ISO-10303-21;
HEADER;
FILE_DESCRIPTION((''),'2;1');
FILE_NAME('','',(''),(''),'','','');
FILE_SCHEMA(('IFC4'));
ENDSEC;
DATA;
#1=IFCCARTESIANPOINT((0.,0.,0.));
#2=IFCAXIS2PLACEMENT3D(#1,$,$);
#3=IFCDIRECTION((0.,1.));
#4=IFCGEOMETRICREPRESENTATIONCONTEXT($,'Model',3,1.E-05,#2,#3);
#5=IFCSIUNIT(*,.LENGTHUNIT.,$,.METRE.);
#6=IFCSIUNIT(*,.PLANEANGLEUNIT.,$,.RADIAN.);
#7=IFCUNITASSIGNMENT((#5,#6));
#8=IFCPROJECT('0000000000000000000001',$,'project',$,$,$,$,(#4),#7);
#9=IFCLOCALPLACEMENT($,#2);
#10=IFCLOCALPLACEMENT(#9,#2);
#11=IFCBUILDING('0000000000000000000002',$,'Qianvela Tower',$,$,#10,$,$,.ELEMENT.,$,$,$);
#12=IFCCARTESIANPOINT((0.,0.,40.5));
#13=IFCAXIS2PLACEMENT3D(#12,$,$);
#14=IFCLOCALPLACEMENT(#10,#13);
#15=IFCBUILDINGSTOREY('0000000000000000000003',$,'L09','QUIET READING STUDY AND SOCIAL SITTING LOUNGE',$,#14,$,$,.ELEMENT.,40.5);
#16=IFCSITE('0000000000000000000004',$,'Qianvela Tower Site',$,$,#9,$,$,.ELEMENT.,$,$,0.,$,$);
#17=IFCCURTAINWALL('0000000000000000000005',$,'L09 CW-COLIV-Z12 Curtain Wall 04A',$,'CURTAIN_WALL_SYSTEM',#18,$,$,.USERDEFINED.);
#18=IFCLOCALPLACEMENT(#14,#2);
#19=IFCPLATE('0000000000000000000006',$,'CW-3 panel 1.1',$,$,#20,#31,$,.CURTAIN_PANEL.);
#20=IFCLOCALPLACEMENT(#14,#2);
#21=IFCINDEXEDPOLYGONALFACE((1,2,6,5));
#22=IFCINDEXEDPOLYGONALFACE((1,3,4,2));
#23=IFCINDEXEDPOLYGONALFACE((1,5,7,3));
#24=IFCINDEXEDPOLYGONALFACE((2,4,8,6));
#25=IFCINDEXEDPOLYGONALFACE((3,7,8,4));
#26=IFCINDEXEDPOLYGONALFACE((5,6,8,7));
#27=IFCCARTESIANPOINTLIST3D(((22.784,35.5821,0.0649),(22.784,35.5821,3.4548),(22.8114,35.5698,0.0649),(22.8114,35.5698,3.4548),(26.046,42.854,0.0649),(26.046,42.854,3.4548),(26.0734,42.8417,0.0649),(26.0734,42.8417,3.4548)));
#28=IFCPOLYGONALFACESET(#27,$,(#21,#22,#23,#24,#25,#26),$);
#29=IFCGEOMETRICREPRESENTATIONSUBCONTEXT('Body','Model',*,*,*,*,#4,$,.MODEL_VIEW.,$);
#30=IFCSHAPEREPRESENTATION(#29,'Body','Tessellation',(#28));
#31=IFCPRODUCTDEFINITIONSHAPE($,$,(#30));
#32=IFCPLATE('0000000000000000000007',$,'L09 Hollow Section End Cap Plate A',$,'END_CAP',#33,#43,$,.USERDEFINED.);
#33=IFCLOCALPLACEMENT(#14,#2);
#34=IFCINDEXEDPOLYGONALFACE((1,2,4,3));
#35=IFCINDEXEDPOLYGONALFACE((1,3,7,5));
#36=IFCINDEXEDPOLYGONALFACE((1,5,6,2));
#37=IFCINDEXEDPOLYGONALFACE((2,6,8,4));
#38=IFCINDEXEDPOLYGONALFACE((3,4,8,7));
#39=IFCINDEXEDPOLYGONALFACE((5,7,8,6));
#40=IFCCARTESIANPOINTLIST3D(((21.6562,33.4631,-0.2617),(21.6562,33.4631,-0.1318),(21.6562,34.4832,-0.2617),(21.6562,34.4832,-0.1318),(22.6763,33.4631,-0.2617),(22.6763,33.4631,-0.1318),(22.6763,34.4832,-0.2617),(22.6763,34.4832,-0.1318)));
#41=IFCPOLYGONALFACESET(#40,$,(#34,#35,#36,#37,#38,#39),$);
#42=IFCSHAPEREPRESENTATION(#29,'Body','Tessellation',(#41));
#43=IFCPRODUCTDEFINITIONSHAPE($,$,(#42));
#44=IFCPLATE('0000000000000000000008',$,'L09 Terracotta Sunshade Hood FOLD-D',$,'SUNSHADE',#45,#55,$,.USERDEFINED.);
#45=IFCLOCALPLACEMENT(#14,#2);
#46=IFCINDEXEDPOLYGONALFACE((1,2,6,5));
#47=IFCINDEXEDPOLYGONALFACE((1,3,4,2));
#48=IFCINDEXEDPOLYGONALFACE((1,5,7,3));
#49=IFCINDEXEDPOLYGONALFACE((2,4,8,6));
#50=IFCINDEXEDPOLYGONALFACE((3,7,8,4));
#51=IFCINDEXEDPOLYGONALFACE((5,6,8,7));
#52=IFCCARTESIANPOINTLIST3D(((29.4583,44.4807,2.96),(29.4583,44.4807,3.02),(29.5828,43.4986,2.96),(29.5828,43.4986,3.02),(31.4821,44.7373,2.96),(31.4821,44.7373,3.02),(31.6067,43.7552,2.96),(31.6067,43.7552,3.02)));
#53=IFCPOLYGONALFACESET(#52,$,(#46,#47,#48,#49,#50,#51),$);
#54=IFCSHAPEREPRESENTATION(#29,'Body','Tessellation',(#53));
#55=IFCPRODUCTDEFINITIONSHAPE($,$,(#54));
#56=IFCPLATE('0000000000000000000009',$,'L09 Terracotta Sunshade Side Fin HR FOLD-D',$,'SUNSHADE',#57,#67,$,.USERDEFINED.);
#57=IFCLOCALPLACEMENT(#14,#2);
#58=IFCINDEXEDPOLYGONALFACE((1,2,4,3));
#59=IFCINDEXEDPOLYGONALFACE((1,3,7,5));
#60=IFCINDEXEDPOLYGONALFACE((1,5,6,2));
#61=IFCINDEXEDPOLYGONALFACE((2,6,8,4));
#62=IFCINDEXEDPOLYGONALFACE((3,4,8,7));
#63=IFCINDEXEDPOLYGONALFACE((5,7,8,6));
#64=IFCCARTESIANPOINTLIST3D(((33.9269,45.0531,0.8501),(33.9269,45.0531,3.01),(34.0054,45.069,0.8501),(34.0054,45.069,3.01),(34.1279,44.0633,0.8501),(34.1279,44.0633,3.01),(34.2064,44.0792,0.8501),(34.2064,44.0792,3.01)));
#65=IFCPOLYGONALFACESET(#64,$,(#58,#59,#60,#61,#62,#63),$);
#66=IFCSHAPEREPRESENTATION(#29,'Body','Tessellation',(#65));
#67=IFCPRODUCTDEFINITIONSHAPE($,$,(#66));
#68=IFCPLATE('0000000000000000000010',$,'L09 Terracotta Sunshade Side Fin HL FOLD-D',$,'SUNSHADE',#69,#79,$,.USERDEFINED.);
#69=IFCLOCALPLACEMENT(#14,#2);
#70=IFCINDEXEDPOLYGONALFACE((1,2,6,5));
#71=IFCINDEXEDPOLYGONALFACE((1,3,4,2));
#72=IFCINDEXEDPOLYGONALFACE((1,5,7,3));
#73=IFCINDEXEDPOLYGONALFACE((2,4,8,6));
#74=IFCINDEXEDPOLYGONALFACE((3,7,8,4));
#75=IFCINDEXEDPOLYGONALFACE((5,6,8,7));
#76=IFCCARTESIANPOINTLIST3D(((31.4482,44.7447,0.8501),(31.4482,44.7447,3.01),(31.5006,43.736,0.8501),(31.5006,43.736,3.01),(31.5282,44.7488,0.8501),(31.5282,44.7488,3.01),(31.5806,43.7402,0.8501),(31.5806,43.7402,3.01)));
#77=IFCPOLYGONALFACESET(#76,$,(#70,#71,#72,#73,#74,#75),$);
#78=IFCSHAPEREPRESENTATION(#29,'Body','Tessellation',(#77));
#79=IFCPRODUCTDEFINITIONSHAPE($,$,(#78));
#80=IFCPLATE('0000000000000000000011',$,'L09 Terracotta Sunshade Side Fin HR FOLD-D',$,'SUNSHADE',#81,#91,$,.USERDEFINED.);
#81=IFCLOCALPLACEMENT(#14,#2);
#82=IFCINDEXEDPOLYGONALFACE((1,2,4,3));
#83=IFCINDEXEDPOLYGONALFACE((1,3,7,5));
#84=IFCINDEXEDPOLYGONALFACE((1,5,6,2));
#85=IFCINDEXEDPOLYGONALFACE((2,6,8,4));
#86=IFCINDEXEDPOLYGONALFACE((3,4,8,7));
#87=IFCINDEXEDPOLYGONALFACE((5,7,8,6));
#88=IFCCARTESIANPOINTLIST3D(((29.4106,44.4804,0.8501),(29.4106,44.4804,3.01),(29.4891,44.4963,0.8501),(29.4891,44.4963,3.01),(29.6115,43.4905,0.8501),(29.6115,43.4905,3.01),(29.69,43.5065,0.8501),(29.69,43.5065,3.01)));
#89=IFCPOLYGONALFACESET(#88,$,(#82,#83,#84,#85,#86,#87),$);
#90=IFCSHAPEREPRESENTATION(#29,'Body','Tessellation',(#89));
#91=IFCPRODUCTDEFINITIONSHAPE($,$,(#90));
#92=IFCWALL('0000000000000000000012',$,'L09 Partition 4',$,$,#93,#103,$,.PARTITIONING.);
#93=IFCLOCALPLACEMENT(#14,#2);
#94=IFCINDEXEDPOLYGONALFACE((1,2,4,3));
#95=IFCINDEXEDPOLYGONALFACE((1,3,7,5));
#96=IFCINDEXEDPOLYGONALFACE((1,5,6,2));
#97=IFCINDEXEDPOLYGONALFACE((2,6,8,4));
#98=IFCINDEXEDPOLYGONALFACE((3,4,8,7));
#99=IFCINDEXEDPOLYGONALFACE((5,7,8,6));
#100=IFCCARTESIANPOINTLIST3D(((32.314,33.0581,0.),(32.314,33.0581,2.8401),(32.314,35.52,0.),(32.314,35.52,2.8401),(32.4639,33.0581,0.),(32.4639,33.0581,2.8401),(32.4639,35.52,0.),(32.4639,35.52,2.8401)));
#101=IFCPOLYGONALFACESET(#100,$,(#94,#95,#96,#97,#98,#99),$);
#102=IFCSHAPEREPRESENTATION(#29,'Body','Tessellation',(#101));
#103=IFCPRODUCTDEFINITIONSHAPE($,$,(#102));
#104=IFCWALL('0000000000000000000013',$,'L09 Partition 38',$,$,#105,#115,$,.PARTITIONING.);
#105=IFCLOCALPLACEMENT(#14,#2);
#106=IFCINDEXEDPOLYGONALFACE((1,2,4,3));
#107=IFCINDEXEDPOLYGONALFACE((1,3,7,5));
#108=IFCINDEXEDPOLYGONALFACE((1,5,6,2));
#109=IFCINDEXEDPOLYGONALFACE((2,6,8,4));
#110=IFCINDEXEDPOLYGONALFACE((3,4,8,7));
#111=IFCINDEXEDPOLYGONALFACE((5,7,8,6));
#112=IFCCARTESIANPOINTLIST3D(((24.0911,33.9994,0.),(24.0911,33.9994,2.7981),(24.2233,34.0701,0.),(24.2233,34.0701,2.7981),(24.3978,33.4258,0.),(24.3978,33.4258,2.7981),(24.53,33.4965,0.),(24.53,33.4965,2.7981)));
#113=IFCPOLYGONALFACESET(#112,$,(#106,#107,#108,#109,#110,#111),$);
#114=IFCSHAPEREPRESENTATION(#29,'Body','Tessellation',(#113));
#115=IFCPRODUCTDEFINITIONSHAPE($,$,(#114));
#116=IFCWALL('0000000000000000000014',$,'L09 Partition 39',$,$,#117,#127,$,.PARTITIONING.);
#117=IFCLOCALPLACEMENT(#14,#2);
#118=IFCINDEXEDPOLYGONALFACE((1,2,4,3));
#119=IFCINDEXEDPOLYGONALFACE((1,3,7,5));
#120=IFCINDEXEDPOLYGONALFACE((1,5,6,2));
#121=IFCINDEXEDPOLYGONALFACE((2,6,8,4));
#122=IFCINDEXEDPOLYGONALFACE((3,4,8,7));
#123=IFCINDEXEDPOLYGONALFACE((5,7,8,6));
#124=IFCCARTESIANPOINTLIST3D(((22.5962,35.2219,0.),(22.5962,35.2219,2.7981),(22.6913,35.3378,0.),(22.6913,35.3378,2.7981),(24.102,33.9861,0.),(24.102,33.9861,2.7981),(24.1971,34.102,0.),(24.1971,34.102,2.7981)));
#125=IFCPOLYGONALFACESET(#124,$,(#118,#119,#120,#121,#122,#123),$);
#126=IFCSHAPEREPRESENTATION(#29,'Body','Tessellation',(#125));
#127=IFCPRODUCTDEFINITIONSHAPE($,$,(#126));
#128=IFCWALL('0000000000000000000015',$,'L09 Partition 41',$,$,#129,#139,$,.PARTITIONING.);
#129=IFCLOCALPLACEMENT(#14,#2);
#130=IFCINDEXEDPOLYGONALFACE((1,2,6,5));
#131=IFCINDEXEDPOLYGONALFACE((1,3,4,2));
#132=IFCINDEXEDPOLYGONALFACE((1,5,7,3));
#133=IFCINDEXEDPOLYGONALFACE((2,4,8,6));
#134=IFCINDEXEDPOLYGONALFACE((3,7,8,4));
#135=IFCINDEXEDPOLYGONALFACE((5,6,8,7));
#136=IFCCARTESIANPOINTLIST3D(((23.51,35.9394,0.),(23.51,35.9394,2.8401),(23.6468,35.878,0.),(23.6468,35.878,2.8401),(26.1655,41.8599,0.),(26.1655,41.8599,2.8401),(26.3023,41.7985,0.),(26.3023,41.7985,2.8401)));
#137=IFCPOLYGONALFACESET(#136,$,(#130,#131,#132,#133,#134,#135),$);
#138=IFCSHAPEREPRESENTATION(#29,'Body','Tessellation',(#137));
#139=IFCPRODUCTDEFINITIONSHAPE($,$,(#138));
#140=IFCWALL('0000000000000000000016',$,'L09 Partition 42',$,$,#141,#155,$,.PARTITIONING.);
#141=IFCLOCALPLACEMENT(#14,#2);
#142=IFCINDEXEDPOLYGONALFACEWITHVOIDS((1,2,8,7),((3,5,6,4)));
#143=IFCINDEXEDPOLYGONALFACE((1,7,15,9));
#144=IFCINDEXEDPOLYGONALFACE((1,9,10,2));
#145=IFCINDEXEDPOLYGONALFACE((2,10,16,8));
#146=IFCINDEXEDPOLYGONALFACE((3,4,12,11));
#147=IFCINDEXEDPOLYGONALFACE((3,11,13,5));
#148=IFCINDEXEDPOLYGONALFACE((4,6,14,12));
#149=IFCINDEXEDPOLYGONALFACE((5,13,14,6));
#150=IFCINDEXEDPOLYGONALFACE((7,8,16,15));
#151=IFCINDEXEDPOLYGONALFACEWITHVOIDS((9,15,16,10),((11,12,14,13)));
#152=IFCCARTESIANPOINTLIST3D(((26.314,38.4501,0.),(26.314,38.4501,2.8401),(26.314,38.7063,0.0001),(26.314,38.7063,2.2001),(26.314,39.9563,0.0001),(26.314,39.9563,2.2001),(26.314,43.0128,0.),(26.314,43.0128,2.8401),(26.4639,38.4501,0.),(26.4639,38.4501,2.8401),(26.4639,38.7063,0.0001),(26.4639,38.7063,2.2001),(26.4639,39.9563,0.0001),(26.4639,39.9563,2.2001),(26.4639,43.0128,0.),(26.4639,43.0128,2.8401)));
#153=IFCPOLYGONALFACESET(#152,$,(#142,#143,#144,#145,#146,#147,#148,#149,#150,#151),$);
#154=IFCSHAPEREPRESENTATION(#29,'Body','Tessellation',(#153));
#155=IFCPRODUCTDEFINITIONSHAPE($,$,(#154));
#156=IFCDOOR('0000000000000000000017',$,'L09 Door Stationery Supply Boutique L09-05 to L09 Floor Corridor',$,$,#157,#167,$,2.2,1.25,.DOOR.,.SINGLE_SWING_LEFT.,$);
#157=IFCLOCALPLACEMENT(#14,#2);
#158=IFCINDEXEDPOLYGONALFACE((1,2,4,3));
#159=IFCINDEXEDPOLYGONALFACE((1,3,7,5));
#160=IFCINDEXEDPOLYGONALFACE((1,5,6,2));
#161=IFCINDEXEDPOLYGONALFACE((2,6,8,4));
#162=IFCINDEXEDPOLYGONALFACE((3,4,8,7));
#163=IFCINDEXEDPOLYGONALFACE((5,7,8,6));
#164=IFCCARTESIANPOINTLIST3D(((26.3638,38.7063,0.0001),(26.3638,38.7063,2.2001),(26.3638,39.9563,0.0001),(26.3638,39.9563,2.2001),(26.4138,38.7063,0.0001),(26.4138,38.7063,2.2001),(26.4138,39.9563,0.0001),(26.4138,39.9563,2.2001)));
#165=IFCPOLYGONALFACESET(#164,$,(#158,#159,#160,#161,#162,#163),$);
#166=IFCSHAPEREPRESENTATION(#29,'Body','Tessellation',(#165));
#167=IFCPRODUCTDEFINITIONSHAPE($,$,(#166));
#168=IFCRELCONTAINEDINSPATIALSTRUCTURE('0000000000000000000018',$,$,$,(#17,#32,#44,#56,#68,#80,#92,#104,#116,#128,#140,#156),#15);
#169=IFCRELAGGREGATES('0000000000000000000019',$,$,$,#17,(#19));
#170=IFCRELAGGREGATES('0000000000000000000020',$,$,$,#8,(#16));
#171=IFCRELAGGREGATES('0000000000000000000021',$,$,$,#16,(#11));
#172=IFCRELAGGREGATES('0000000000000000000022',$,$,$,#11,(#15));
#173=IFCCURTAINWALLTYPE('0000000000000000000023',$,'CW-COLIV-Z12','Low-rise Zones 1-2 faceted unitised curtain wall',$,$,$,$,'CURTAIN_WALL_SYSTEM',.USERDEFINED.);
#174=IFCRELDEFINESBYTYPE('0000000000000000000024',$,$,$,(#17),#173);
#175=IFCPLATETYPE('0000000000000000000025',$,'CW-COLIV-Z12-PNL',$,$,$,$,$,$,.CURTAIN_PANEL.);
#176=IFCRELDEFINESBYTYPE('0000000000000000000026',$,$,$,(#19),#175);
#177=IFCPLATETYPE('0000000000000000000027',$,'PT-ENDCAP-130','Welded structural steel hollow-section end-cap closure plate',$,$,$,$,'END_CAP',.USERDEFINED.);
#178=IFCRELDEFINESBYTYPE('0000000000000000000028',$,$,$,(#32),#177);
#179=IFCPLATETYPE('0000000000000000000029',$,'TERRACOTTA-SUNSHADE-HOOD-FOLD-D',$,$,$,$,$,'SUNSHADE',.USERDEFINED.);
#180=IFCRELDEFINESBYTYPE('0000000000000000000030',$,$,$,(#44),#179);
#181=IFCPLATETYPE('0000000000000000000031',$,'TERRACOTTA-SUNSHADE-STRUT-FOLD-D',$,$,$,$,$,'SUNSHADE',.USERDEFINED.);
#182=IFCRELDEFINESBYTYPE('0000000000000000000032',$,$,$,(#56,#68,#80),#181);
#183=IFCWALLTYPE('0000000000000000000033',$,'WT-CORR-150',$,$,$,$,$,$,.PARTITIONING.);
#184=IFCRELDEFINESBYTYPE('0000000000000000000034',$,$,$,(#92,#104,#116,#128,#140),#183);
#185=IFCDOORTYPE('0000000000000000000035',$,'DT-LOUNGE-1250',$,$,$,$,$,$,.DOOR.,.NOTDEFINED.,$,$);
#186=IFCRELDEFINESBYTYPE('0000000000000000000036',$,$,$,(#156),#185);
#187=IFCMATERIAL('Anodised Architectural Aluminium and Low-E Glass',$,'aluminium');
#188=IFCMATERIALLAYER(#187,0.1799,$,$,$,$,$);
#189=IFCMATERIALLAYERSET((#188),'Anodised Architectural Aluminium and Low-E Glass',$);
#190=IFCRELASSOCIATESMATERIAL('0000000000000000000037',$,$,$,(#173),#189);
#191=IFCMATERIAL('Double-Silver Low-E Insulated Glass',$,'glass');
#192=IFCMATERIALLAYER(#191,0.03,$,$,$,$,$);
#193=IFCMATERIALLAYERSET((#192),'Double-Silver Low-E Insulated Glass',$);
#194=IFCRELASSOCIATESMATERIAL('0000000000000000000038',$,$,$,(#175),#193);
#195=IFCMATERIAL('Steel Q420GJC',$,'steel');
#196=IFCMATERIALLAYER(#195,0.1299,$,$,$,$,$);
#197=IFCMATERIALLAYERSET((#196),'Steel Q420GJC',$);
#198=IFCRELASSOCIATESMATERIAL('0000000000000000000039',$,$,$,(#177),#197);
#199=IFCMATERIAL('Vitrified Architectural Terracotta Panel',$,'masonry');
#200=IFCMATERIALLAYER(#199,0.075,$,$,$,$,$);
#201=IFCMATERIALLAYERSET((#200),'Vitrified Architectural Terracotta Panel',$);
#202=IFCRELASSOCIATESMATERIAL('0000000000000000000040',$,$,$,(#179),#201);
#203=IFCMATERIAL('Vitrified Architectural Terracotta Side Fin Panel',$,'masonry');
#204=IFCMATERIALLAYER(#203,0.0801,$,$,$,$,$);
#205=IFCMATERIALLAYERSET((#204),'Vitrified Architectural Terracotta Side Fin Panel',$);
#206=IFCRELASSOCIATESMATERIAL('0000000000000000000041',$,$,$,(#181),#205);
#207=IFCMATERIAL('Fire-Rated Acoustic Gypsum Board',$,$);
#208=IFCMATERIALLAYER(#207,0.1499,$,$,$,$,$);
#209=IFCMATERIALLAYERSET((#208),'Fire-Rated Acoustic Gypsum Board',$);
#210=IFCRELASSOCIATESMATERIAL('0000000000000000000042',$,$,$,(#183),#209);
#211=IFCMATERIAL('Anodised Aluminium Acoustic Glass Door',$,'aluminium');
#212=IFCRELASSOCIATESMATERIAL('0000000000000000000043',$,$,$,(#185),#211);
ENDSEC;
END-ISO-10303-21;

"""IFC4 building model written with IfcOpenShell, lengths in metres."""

from ifc_helpers import new_model, si_unit, direction, frame, frame_2d, origin, origin_2d, place, context, subcontext, project, spatial, rectangle, extrude, material, layer, layer_set, type_object, element, fill, aggregate, save


model = new_model("IFC4")

# Units and contexts
model_context = context("Model", 3, precision=1e-05, world=origin(), true_north=direction((0.0, 1.0)))
body_context = subcontext(model_context, "Body", "Model", "MODEL_VIEW")
ifc_project = project(units=[si_unit("LENGTHUNIT", "METRE"), si_unit("PLANEANGLEUNIT", "RADIAN")], contexts=[model_context])

# Site, building, storey
site_placement = place(None, origin())
site = spatial("IfcSite", under=ifc_project, at=site_placement, Name="Qianvela Tower Site", CompositionType="ELEMENT", RefElevation=0.0)
building_placement = place(site_placement, origin())
building = spatial("IfcBuilding", under=site, at=building_placement, Name="Qianvela Tower", CompositionType="ELEMENT")
storey_placement = place(building_placement, frame((0.0, 0.0, 40.5)))
storey = spatial("IfcBuildingStorey", under=building, at=storey_placement, Name="L09", Description="QUIET READING STUDY AND SOCIAL SITTING LOUNGE", CompositionType="ELEMENT", Elevation=40.5)

# Curtain wall
ifc_material_1 = material(Name="Anodised Architectural Aluminium and Low-E Glass", Category="aluminium")
ifc_layer_1 = layer(ifc_material_1, 0.1799)
ifc_layer_set_1 = layer_set([ifc_layer_1], Name="Anodised Architectural Aluminium and Low-E Glass")
curtain_wall_type_1 = type_object("IfcCurtainWallType", Name="CW-COLIV-Z12", Description="Low-rise Zones 1-2 faceted unitised curtain wall", ElementType="CURTAIN_WALL_SYSTEM", PredefinedType="USERDEFINED", material=ifc_layer_set_1)
curtain_wall_1_placement = place(storey_placement, origin())
curtain_wall_1 = element("IfcCurtainWall", 1, at=curtain_wall_1_placement, inside=storey, type_object=curtain_wall_type_1, Name="L09 CW-COLIV-Z12 Curtain Wall 04A", ObjectType="CURTAIN_WALL_SYSTEM", PredefinedType="USERDEFINED")

# Plate
ifc_material_2 = material(Name="Double-Silver Low-E Insulated Glass", Category="glass")
ifc_layer_2 = layer(ifc_material_2, 0.03)
ifc_layer_set_2 = layer_set([ifc_layer_2], Name="Double-Silver Low-E Insulated Glass")
plate_type_1 = type_object("IfcPlateType", Name="CW-COLIV-Z12-PNL", PredefinedType="CURTAIN_PANEL", material=ifc_layer_set_2)
plate_1_placement = place(storey_placement, frame((24.4287, 39.2119, 0.0649), z_axis=(0.0, 0.0, 1.0), x_axis=(-0.409286, -0.912406, 0.0)))
plate_1 = element("IfcPlate", 2, at=plate_1_placement, type_object=plate_type_1, Name="CW-3 panel 1.1", PredefinedType="CURTAIN_PANEL", context=body_context, shape_type="SweptSolid", body=[
    extrude(rectangle(XDim=7.97, YDim=0.03, at=origin_2d()), origin(), (0.0, 0.0, 1.0), 3.3899),
])
aggregate(curtain_wall_1, [plate_1])

# Plates
ifc_material_3 = material(Name="Steel Q420GJC", Category="steel")
ifc_layer_3 = layer(ifc_material_3, 0.1299)
ifc_layer_set_3 = layer_set([ifc_layer_3], Name="Steel Q420GJC")
plate_type_2 = type_object("IfcPlateType", Name="PT-ENDCAP-130", Description="Welded structural steel hollow-section end-cap closure plate", ElementType="END_CAP", PredefinedType="USERDEFINED", material=ifc_layer_set_3)
plate_2_placement = place(storey_placement, frame((22.1663, 33.9731, -0.2617), z_axis=(0.0, 0.0, 1.0), x_axis=(1.0, 0.0, 0.0)))
element("IfcPlate", 3, at=plate_2_placement, inside=storey, type_object=plate_type_2, Name="L09 Hollow Section End Cap Plate A", ObjectType="END_CAP", PredefinedType="USERDEFINED", context=body_context, shape_type="SweptSolid", body=[
    extrude(rectangle(XDim=1.02, YDim=1.02, at=origin_2d()), origin(), (0.0, 0.0, 1.0), 0.1299),
])
ifc_material_4 = material(Name="Vitrified Architectural Terracotta Panel", Category="masonry")
ifc_layer_4 = layer(ifc_material_4, 0.075)
ifc_layer_set_4 = layer_set([ifc_layer_4], Name="Vitrified Architectural Terracotta Panel")
plate_type_3 = type_object("IfcPlateType", Name="TERRACOTTA-SUNSHADE-HOOD-FOLD-D", ElementType="SUNSHADE", PredefinedType="USERDEFINED", material=ifc_layer_set_4)
plate_3_placement = place(storey_placement, frame((30.5325, 44.1179, 2.96), z_axis=(0.0, 0.0, 1.0), x_axis=(-0.992057, -0.125787, 0.0)))
element("IfcPlate", 4, at=plate_3_placement, inside=storey, type_object=plate_type_3, Name="L09 Terracotta Sunshade Hood FOLD-D", ObjectType="SUNSHADE", PredefinedType="USERDEFINED", context=body_context, shape_type="SweptSolid", body=[
    extrude(rectangle(XDim=2.04, YDim=0.99, at=origin_2d()), origin(), (0.0, 0.0, 1.0), 0.0601),
])
ifc_material_5 = material(Name="Vitrified Architectural Terracotta Side Fin Panel", Category="masonry")
ifc_layer_5 = layer(ifc_material_5, 0.0801)
ifc_layer_set_5 = layer_set([ifc_layer_5], Name="Vitrified Architectural Terracotta Side Fin Panel")
plate_type_4 = type_object("IfcPlateType", Name="TERRACOTTA-SUNSHADE-STRUT-FOLD-D", ElementType="SUNSHADE", PredefinedType="USERDEFINED", material=ifc_layer_set_5)
for number, where, z_axis, x_axis, name in (
    (5, (34.0667, 44.5662, 0.8501), (0.0, 0.0, 1.0), (-0.980007, -0.198961, 0.0), "L09 Terracotta Sunshade Side Fin HR FOLD-D"),
    (6, (31.5144, 44.2424, 0.8501), (0.0, 0.0, 1.0), (-0.998651, -0.051921, 0.0), "L09 Terracotta Sunshade Side Fin HL FOLD-D"),
    (7, (29.5503, 43.9934, 0.8501), (0.0, 0.0, 1.0), (-0.980007, -0.198961, 0.0), "L09 Terracotta Sunshade Side Fin HR FOLD-D"),
):
    element("IfcPlate", number, at=place(storey_placement, frame(where, z_axis=z_axis, x_axis=x_axis)), inside=storey, type_object=plate_type_4, Name=name, ObjectType="SUNSHADE", PredefinedType="USERDEFINED", context=body_context, shape_type="SweptSolid", body=[
        extrude(rectangle(XDim=0.0801, YDim=1.01, at=origin_2d()), origin(), (0.0, 0.0, 1.0), 2.1599),
    ])

# Shared definitions
ifc_material_6 = material(Name="Fire-Rated Acoustic Gypsum Board")
ifc_layer_6 = layer(ifc_material_6, 0.1499)
ifc_layer_set_6 = layer_set([ifc_layer_6], Name="Fire-Rated Acoustic Gypsum Board")
wall_type_1 = type_object("IfcWallType", Name="WT-CORR-150", PredefinedType="PARTITIONING", material=ifc_layer_set_6)

# Walls
wall_1_placement = place(storey_placement, frame((32.3889, 35.52, 0.0), z_axis=(0.0, 0.0, 1.0), x_axis=(0.0, -1.0, 0.0)))
element("IfcWall", 8, at=wall_1_placement, inside=storey, type_object=wall_type_1, Name="L09 Partition 4", PredefinedType="PARTITIONING", context=body_context, shape_type="SweptSolid", body=[
    extrude(rectangle(XDim=2.4619, YDim=0.1499, at=frame_2d((1.231, 0.0))), origin(), (0.0, 0.0, 1.0), 2.8401),
])
wall_2_placement = place(storey_placement, frame((24.4639, 33.4612, 0.0), z_axis=(0.0, 0.0, 1.0), x_axis=(-0.471523, 0.881854, 0.0)))
element("IfcWall", 9, at=wall_2_placement, inside=storey, type_object=wall_type_1, Name="L09 Partition 38", PredefinedType="PARTITIONING", context=body_context, shape_type="SweptSolid", body=[
    extrude(rectangle(XDim=0.6504, YDim=0.1499, at=frame_2d((0.3252, 0.0))), origin(), (0.0, 0.0, 1.0), 2.7981),
])
wall_3_placement = place(storey_placement, frame((24.1497, 34.0439, 0.0), z_axis=(0.0, 0.0, 1.0), x_axis=(-0.773007, 0.634397, 0.0)))
element("IfcWall", 10, at=wall_3_placement, inside=storey, type_object=wall_type_1, Name="L09 Partition 39", PredefinedType="PARTITIONING", context=body_context, shape_type="SweptSolid", body=[
    extrude(rectangle(XDim=1.948, YDim=0.1499, at=frame_2d((0.9741, 0.0))), origin(), (0.0, 0.0, 1.0), 2.7981),
])
wall_4_placement = place(storey_placement, frame((23.5784, 35.9087, 0.0), z_axis=(0.0, 0.0, 1.0), x_axis=(0.409254, 0.912421, 0.0)))
element("IfcWall", 11, at=wall_4_placement, inside=storey, type_object=wall_type_1, Name="L09 Partition 41", PredefinedType="PARTITIONING", context=body_context, shape_type="SweptSolid", body=[
    extrude(rectangle(XDim=6.4888, YDim=0.1499, at=frame_2d((3.2444, 0.0))), origin(), (0.0, 0.0, 1.0), 2.8401),
])

# Wall, opening, door
wall_5_placement = place(storey_placement, frame((26.3889, 43.0127, 0.0), z_axis=(0.0, 0.0, 1.0), x_axis=(0.0, -1.0, 0.0)))
wall_5 = element("IfcWall", 12, at=wall_5_placement, inside=storey, type_object=wall_type_1, Name="L09 Partition 42", PredefinedType="PARTITIONING", context=body_context, shape_type="SweptSolid", body=[
    extrude(rectangle(XDim=4.5627, YDim=0.1499, at=frame_2d((2.2812, 0.0))), origin(), (0.0, 0.0, 1.0), 2.8401),
])
opening_1_placement = place(wall_5_placement, frame((3.0564, 0.0, 0.0)))
opening_1 = element("IfcOpeningElement", 13, at=opening_1_placement, cuts=wall_5, PredefinedType="OPENING", context=body_context, shape_type="SweptSolid", body=[
    extrude(rectangle(XDim=1.25, YDim=2.2, at=frame_2d((0.625, 1.1001))), frame((0.0, 0.085, 0.0), z_axis=(0.0, -1.0, 0.0), x_axis=(1.0, 0.0, 0.0)), (0.0, 0.0, 1.0), 0.1699),
])
ifc_material_7 = material(Name="Anodised Aluminium Acoustic Glass Door", Category="aluminium")
door_type_1 = type_object("IfcDoorType", Name="DT-LOUNGE-1250", OperationType="NOTDEFINED", PredefinedType="DOOR", material=ifc_material_7)
door_1_placement = place(opening_1_placement, origin())
door_1 = element("IfcDoor", 14, at=door_1_placement, inside=storey, type_object=door_type_1, Name="L09 Door Stationery Supply Boutique L09-05 to L09 Floor Corridor", OperationType="SINGLE_SWING_LEFT", OverallHeight=2.2, OverallWidth=1.25, PredefinedType="DOOR", context=body_context, shape_type="SweptSolid", body=[
    extrude(rectangle(XDim=1.25, YDim=2.2, at=frame_2d((0.625, 1.1001))), frame((0.0, 0.0249, 0.0), z_axis=(0.0, -1.0, 0.0), x_axis=(1.0, 0.0, 0.0)), (0.0, 0.0, 1.0), 0.05),
])
fill(opening_1, door_1)

save(model, "model.ifc")
